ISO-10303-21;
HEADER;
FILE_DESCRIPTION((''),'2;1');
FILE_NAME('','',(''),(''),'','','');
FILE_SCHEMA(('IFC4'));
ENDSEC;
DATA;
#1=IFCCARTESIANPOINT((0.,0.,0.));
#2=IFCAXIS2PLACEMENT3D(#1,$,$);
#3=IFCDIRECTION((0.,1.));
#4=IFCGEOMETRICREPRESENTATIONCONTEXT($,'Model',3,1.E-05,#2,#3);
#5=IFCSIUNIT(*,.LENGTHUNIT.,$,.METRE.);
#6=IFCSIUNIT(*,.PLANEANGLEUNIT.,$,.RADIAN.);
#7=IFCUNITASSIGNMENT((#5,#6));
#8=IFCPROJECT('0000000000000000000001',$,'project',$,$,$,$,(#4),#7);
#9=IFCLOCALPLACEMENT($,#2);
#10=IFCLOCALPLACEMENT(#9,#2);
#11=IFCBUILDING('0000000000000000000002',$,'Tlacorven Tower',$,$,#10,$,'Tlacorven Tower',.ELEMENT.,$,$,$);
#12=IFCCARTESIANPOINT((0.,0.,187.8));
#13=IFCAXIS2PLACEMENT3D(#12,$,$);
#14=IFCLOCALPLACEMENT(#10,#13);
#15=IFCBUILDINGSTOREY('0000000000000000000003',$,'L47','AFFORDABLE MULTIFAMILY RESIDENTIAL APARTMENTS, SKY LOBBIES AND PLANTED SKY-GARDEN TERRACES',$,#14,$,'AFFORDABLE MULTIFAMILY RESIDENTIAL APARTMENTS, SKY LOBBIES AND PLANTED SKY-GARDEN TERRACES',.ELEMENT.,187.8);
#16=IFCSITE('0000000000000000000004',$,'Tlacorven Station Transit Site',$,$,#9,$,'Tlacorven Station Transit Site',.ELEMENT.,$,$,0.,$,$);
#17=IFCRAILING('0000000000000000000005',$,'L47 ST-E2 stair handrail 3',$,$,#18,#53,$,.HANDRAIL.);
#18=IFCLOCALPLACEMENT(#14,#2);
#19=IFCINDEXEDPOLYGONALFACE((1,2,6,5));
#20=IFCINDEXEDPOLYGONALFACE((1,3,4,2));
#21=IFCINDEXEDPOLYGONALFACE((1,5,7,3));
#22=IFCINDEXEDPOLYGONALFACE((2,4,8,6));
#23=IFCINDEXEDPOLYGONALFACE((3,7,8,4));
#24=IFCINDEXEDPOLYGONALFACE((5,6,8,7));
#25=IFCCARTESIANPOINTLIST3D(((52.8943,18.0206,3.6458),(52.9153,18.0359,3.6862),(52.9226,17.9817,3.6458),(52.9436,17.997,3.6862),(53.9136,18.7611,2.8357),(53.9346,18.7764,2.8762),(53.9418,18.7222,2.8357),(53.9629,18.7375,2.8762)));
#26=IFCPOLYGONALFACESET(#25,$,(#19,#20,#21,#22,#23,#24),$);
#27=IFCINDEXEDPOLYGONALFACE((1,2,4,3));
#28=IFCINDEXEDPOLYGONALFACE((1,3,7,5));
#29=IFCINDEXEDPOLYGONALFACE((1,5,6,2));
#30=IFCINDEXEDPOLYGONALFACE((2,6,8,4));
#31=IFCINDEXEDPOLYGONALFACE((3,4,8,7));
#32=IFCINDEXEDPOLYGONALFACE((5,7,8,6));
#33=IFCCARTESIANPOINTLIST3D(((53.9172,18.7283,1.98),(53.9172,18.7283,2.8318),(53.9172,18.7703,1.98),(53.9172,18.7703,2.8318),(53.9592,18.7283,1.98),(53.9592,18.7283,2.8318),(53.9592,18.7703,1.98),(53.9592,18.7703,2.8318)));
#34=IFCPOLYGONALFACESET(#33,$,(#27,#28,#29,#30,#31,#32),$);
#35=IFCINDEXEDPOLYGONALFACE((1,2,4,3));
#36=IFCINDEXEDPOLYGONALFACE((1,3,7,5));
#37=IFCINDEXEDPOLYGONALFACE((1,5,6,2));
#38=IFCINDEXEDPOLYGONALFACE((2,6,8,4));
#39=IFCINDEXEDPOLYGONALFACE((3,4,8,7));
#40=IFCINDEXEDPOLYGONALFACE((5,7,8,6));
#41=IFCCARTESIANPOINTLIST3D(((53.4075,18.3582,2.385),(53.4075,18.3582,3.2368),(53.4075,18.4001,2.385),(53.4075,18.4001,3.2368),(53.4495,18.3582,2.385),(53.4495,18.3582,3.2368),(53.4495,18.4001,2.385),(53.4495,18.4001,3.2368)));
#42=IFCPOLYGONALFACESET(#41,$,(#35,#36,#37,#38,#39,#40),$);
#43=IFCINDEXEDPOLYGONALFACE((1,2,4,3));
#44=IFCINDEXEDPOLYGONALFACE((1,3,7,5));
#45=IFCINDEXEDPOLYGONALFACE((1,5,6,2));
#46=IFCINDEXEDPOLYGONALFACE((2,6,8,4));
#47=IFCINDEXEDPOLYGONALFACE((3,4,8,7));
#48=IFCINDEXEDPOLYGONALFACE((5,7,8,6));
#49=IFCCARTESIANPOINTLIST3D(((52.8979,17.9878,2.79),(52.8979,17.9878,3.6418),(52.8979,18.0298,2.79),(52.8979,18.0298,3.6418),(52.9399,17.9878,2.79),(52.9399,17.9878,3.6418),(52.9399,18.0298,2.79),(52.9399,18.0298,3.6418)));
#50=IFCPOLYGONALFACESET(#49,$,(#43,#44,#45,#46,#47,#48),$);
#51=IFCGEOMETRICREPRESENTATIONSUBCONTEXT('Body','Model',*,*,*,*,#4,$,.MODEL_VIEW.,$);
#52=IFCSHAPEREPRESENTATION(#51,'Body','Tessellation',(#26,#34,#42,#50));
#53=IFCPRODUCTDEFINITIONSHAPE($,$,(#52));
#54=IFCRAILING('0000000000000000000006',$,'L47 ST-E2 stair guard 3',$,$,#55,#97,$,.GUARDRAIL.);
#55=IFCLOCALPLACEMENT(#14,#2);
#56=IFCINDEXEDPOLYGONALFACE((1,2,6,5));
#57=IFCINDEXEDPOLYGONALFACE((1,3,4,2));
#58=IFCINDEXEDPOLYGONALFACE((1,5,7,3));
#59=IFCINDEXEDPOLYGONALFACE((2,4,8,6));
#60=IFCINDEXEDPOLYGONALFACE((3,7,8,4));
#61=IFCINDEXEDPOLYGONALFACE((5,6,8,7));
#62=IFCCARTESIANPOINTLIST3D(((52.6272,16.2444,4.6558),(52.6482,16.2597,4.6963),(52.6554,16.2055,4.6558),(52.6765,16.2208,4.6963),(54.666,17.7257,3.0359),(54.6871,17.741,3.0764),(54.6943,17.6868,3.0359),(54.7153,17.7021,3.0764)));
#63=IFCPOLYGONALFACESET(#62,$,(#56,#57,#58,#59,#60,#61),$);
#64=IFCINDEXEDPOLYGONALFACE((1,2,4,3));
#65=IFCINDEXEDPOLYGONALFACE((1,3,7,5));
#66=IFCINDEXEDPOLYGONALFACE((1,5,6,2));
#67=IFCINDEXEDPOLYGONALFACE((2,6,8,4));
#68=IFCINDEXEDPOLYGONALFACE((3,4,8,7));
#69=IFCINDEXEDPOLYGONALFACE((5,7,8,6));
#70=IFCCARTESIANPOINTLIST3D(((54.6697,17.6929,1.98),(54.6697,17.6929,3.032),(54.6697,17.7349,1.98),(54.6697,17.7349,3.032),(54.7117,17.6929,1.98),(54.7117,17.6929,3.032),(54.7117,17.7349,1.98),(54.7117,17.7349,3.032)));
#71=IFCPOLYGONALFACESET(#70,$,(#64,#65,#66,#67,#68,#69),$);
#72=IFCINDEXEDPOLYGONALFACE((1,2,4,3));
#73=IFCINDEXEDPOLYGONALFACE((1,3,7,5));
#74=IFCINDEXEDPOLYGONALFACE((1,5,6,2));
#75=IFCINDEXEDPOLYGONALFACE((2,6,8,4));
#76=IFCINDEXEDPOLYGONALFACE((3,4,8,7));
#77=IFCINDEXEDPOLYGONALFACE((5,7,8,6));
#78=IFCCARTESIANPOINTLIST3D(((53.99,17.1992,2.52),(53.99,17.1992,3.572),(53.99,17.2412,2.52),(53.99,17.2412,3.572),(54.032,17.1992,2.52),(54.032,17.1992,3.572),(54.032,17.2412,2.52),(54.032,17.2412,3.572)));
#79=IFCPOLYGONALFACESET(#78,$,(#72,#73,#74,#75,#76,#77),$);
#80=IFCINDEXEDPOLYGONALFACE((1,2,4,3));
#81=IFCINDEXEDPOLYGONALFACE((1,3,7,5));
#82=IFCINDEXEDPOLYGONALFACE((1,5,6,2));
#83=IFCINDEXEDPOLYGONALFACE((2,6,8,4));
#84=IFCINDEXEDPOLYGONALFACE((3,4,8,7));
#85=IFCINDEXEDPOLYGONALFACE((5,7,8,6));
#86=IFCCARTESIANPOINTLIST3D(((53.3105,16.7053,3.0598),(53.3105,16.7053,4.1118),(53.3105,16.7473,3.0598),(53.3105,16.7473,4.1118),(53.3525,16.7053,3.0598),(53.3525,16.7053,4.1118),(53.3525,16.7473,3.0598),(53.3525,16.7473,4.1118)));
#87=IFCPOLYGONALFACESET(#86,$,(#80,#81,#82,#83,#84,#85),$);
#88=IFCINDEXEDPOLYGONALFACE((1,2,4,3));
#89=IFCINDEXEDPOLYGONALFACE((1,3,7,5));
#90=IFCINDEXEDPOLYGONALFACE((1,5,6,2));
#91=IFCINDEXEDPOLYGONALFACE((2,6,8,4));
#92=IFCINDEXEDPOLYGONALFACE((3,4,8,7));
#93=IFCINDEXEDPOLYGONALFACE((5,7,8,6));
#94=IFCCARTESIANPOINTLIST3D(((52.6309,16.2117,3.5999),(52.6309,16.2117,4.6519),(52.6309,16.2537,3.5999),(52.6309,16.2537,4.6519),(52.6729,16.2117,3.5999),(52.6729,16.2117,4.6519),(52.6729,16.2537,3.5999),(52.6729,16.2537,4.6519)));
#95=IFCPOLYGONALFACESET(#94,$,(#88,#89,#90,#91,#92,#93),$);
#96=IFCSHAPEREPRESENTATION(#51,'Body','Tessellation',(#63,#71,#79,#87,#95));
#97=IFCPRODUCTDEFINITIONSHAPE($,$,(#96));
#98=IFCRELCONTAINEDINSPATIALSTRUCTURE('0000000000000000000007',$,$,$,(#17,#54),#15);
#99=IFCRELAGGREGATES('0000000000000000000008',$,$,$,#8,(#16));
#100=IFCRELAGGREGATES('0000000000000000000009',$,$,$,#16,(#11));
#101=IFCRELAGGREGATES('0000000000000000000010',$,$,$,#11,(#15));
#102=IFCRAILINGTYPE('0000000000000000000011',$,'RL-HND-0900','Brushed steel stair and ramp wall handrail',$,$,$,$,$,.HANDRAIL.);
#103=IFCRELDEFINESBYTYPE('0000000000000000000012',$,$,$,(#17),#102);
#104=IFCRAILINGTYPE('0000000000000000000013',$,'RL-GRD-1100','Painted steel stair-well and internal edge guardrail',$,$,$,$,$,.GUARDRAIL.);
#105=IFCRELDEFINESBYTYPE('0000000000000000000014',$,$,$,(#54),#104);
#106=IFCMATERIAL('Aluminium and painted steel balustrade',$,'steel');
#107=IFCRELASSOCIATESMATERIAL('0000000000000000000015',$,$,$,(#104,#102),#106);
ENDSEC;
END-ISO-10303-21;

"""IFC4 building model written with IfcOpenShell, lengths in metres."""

from ifc_helpers import new_model, si_unit, direction, frame, origin, origin_2d, place, context, subcontext, project, spatial, rectangle, extrude, source, transform, mapped, material, type_object, element, save


model = new_model("IFC4")

# Units and contexts
model_context = context("Model", 3, precision=1e-05, world=origin(), true_north=direction((0.0, 1.0)))
body_context = subcontext(model_context, "Body", "Model", "MODEL_VIEW")
ifc_project = project(units=[si_unit("LENGTHUNIT", "METRE"), si_unit("PLANEANGLEUNIT", "RADIAN")], contexts=[model_context])

# Site, building, storey
site_placement = place(None, origin())
site = spatial("IfcSite", under=ifc_project, at=site_placement, Name="Tlacorven Station Transit Site", LongName="Tlacorven Station Transit Site", CompositionType="ELEMENT", RefElevation=0.0)
building_placement = place(site_placement, origin())
building = spatial("IfcBuilding", under=site, at=building_placement, Name="Tlacorven Tower", LongName="Tlacorven Tower", CompositionType="ELEMENT")
storey_placement = place(building_placement, frame((0.0, 0.0, 187.8)))
storey = spatial("IfcBuildingStorey", under=building, at=storey_placement, Name="L47", Description="AFFORDABLE MULTIFAMILY RESIDENTIAL APARTMENTS, SKY LOBBIES AND PLANTED SKY-GARDEN TERRACES", LongName="AFFORDABLE MULTIFAMILY RESIDENTIAL APARTMENTS, SKY LOBBIES AND PLANTED SKY-GARDEN TERRACES", CompositionType="ELEMENT", Elevation=187.8)

# Railings
ifc_material_1 = material(Name="Aluminium and painted steel balustrade", Category="steel")
railing_type_1 = type_object("IfcRailingType", Name="RL-GRD-1100", Description="Painted steel stair-well and internal edge guardrail", PredefinedType="GUARDRAIL", material=ifc_material_1)
railing_type_2 = type_object("IfcRailingType", Name="RL-HND-0900", Description="Brushed steel stair and ramp wall handrail", PredefinedType="HANDRAIL", material=ifc_material_1)
shared_shape_1 = source(origin(), body_context, "Body", "SweptSolid", [
    extrude(rectangle(XDim=0.0481, YDim=0.0481, at=origin_2d()), frame((0.0, 0.0, 0.876), z_axis=(-0.680516, -0.494373, 0.540827), x_axis=(0.587745, -0.809046, 0.0)), (0.0, 0.0, 1.0), 1.4978),
    extrude(rectangle(XDim=0.042, YDim=0.042, at=origin_2d()), origin(), (0.0, 0.0, 1.0), 0.8518),
    extrude(rectangle(XDim=0.042, YDim=0.042, at=origin_2d()), frame((-0.5098, -0.3701, 0.405)), (0.0, 0.0, 1.0), 0.8518),
    extrude(rectangle(XDim=0.042, YDim=0.042, at=origin_2d()), frame((-1.0193, -0.7405, 0.8101)), (0.0, 0.0, 1.0), 0.8518),
])
railing_1_placement = place(storey_placement, frame((53.9382, 18.7493, 1.98)))
element("IfcRailing", 1, at=railing_1_placement, inside=storey, type_object=railing_type_2, Name="L47 ST-E2 stair handrail 3", PredefinedType="HANDRAIL", context=body_context, shape_type="MappedRepresentation", body=[
    mapped(shared_shape_1, transform((0.0, 0.0, 0.0), scale=1.0)),
])
shared_shape_2 = source(origin(), body_context, "Body", "SweptSolid", [
    extrude(rectangle(XDim=0.0481, YDim=0.0481, at=origin_2d()), frame((0.0, 0.0, 1.0762), z_axis=(-0.680562, -0.494428, 0.540717), x_axis=(0.587763, -0.809033, 0.0)), (0.0, 0.0, 1.0), 2.9958),
    extrude(rectangle(XDim=0.042, YDim=0.042, at=origin_2d()), origin(), (0.0, 0.0, 1.0), 1.052),
    extrude(rectangle(XDim=0.042, YDim=0.042, at=origin_2d()), frame((-0.6797, -0.4937, 0.54)), (0.0, 0.0, 1.0), 1.052),
    extrude(rectangle(XDim=0.042, YDim=0.042, at=origin_2d()), frame((-1.3591, -0.9875, 1.0798)), (0.0, 0.0, 1.0), 1.052),
    extrude(rectangle(XDim=0.042, YDim=0.042, at=origin_2d()), frame((-2.0388, -1.4812, 1.6199)), (0.0, 0.0, 1.0), 1.052),
])
railing_2_placement = place(storey_placement, frame((54.6907, 17.7139, 1.98)))
element("IfcRailing", 2, at=railing_2_placement, inside=storey, type_object=railing_type_1, Name="L47 ST-E2 stair guard 3", PredefinedType="GUARDRAIL", context=body_context, shape_type="MappedRepresentation", body=[
    mapped(shared_shape_2, transform((0.0, 0.0, 0.0), scale=1.0)),
])

save(model, "model.ifc")
